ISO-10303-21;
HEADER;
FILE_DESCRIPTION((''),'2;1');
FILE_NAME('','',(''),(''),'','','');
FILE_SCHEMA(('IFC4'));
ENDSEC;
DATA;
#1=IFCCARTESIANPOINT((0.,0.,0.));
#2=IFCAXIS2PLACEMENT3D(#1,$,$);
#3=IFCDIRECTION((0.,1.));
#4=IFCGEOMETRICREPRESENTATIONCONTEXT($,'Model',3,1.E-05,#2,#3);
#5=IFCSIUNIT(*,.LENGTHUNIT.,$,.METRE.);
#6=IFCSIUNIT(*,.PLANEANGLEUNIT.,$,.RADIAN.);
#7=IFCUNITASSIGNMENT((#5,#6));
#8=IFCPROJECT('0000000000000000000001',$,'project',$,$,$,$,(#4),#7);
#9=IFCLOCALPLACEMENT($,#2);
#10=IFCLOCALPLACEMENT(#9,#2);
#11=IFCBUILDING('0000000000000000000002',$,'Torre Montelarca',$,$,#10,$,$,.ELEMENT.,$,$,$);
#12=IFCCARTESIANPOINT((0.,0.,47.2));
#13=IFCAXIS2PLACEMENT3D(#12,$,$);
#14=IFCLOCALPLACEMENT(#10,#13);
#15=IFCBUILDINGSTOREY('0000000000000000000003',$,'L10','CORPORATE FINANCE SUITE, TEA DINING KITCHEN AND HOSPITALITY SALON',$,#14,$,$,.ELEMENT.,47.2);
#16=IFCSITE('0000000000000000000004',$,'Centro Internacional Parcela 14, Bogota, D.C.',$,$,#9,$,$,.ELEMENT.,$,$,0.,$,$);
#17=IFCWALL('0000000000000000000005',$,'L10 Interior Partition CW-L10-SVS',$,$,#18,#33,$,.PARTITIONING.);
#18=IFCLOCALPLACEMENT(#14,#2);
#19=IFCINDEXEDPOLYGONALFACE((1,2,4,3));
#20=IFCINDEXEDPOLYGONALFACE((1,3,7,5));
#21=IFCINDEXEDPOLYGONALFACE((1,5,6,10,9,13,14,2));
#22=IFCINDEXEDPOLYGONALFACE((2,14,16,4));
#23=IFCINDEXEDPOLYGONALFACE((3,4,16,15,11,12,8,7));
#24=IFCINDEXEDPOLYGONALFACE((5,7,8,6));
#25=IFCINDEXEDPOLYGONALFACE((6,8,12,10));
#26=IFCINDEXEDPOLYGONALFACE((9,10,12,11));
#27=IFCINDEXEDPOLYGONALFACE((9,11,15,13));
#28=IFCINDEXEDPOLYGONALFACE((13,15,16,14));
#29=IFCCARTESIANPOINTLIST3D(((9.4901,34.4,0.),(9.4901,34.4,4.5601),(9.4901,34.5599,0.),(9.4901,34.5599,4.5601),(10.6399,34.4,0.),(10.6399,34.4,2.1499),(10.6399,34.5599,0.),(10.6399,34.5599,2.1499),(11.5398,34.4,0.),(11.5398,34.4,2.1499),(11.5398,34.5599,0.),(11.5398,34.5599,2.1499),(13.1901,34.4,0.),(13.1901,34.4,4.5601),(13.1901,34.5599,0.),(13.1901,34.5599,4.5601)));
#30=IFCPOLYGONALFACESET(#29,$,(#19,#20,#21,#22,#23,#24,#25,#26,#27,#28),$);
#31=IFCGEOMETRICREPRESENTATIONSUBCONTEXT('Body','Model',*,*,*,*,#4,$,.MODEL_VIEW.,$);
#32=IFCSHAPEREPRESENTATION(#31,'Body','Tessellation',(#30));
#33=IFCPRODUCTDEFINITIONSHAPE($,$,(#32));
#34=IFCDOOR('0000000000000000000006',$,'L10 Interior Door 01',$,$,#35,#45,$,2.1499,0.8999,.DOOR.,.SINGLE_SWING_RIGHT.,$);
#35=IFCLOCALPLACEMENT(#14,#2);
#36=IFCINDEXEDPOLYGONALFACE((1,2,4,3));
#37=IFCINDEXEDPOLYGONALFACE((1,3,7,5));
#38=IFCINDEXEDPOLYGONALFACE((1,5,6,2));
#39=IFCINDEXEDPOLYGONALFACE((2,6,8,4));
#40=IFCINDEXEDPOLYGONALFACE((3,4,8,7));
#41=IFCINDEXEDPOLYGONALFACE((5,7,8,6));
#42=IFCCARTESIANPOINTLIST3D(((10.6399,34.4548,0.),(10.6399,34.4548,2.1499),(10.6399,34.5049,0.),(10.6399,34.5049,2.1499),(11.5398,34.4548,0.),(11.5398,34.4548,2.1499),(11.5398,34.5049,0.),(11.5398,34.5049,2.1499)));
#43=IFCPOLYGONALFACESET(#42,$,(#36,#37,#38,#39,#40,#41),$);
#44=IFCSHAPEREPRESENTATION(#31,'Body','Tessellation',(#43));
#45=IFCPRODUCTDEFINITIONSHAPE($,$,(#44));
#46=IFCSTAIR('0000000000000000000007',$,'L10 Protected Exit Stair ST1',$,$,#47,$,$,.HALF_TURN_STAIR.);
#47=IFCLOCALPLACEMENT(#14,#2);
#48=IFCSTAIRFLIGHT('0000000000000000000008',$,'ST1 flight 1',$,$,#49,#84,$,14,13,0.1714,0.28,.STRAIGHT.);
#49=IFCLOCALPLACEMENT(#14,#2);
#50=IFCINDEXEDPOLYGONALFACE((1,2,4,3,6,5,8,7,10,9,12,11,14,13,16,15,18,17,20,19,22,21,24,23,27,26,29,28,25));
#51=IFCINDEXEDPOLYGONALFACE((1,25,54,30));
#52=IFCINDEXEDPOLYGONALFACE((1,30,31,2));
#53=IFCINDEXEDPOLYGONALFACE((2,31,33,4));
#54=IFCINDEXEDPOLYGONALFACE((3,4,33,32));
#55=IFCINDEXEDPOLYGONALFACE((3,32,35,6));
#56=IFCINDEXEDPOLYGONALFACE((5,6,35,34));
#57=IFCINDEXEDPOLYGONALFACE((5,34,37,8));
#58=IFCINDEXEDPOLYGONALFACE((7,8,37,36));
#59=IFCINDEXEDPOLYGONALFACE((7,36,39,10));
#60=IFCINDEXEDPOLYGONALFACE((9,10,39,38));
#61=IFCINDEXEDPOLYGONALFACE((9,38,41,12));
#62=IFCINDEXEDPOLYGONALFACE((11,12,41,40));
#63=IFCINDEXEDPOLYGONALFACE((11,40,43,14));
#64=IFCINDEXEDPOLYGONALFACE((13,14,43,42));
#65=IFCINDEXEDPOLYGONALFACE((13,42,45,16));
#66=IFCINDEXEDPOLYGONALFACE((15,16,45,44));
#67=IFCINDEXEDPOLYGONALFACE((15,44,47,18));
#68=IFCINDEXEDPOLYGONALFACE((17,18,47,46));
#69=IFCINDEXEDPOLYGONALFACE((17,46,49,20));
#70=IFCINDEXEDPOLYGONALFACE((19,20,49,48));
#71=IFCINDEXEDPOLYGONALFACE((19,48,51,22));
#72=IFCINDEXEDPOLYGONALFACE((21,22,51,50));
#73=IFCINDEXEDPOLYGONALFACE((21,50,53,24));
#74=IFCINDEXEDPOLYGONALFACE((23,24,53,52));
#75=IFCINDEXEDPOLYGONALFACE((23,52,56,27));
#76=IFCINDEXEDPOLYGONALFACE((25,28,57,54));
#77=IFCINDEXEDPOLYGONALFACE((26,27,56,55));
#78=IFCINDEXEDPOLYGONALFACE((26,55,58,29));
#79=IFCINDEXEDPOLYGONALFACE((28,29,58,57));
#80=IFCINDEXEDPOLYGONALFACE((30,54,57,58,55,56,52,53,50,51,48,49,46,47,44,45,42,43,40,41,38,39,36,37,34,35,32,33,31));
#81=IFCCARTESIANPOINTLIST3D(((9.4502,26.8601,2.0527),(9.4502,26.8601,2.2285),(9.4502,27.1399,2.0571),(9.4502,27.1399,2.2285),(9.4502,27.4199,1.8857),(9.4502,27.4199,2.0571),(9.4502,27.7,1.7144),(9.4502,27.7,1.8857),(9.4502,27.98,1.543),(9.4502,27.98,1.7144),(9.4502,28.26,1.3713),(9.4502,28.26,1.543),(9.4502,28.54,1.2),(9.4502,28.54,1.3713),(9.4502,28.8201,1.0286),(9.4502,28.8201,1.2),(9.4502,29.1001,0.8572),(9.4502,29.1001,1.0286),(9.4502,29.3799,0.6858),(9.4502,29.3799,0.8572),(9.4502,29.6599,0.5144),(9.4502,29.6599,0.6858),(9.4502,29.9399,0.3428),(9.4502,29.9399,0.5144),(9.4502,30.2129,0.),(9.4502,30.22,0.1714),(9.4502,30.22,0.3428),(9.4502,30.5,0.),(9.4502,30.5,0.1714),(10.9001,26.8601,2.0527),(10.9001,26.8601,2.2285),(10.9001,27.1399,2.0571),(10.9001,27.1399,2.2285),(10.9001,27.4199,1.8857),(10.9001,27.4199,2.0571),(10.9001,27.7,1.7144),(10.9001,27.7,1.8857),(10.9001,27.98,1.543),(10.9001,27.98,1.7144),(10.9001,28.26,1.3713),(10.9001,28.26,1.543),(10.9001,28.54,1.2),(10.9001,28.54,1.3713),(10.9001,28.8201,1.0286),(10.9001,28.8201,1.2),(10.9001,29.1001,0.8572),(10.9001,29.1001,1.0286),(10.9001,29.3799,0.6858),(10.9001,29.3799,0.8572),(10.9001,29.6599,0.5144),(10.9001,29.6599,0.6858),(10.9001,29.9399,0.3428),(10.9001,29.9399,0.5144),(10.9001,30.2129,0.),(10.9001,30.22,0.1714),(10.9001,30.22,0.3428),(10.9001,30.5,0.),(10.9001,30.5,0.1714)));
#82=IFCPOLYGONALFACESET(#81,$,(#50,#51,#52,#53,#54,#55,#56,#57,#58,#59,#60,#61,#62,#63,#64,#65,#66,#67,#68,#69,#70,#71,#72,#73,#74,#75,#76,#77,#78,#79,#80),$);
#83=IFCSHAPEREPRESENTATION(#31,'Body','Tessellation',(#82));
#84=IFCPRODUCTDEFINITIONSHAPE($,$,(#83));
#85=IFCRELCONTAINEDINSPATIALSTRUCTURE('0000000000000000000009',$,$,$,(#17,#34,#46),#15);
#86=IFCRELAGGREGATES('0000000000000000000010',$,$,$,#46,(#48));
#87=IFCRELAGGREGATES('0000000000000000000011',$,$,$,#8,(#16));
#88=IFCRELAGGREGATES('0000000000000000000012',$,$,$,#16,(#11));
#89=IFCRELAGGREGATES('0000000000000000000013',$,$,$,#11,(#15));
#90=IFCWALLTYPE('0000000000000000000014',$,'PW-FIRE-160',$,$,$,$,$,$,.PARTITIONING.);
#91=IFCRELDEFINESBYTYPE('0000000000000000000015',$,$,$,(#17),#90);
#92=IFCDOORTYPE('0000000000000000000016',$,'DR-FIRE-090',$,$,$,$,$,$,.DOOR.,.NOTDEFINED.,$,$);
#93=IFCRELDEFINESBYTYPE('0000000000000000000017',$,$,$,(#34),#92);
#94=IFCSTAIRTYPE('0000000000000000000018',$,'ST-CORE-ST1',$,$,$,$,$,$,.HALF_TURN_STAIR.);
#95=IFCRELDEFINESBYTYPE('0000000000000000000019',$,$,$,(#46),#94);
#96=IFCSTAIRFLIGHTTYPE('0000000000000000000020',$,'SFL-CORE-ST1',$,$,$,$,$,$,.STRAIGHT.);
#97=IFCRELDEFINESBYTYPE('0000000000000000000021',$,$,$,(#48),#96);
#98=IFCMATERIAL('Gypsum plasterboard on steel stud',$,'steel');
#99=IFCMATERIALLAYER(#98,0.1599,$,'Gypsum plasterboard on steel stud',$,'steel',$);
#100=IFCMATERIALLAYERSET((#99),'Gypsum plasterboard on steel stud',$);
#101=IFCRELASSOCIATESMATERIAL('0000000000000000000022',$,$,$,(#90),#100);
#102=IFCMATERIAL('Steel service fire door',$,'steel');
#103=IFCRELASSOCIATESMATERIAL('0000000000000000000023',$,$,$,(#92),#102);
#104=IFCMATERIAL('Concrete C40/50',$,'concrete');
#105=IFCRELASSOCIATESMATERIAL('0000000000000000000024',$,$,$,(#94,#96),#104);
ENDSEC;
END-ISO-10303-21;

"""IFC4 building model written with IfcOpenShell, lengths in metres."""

from ifc_helpers import new_model, si_unit, direction, frame, frame_2d, origin, place, context, subcontext, project, spatial, polyline, rectangle, outline, extrude, source, transform, mapped, material, layer, layer_set, type_object, element, fill, aggregate, save


model = new_model("IFC4")

# Units and contexts
model_context = context("Model", 3, precision=1e-05, world=origin(), true_north=direction((0.0, 1.0)))
body_context = subcontext(model_context, "Body", "Model", "MODEL_VIEW")
ifc_project = project(units=[si_unit("LENGTHUNIT", "METRE"), si_unit("PLANEANGLEUNIT", "RADIAN")], contexts=[model_context])

# Site, building, storey
site_placement = place(None, origin())
site = spatial("IfcSite", under=ifc_project, at=site_placement, Name="Centro Internacional Parcela 14, Bogota, D.C.", CompositionType="ELEMENT", RefElevation=0.0)
building_placement = place(site_placement, origin())
building = spatial("IfcBuilding", under=site, at=building_placement, Name="Torre Montelarca", CompositionType="ELEMENT")
storey_placement = place(building_placement, frame((0.0, 0.0, 47.2)))
storey = spatial("IfcBuildingStorey", under=building, at=storey_placement, Name="L10", Description="CORPORATE FINANCE SUITE, TEA DINING KITCHEN AND HOSPITALITY SALON", CompositionType="ELEMENT", Elevation=47.2)

# Shared definitions
ifc_material_1 = material(Name="Concrete C40/50", Category="concrete")

# Wall, opening, door
ifc_material_2 = material(Name="Gypsum plasterboard on steel stud", Category="steel")
ifc_layer_1 = layer(ifc_material_2, 0.1599, Name="Gypsum plasterboard on steel stud", Category="steel")
ifc_layer_set_1 = layer_set([ifc_layer_1], Name="Gypsum plasterboard on steel stud")
wall_type_1 = type_object("IfcWallType", Name="PW-FIRE-160", PredefinedType="PARTITIONING", material=ifc_layer_set_1)
wall_1_placement = place(storey_placement, frame((9.49, 34.48, 0.0), z_axis=(0.0, 0.0, 1.0), x_axis=(1.0, 0.0, 0.0)))
wall_1 = element("IfcWall", 1, at=wall_1_placement, inside=storey, type_object=wall_type_1, Name="L10 Interior Partition CW-L10-SVS", PredefinedType="PARTITIONING", context=body_context, shape_type="SweptSolid", body=[
    extrude(rectangle(XDim=3.7, YDim=0.1599, at=frame_2d((1.8501, 0.0))), origin(), (0.0, 0.0, 1.0), 4.5601),
])
opening_1_placement = place(wall_1_placement, frame((1.1499, 0.0, 0.0)))
opening_1 = element("IfcOpeningElement", 2, at=opening_1_placement, cuts=wall_1, PredefinedType="OPENING", context=body_context, shape_type="SweptSolid", body=[
    extrude(rectangle(XDim=0.8999, YDim=2.1499, at=frame_2d((0.45, 1.075))), frame((0.0, 0.0898, 0.0), z_axis=(0.0, -1.0, 0.0), x_axis=(1.0, 0.0, 0.0)), (0.0, 0.0, 1.0), 0.1799),
])
ifc_material_3 = material(Name="Steel service fire door", Category="steel")
door_type_1 = type_object("IfcDoorType", Name="DR-FIRE-090", OperationType="NOTDEFINED", PredefinedType="DOOR", material=ifc_material_3)
shared_shape_1 = source(origin(), body_context, "Body", "SweptSolid", [
    extrude(rectangle(XDim=0.8999, YDim=2.1499, at=frame_2d((0.45, 1.075))), frame((0.0, 0.0249, 0.0), z_axis=(0.0, -1.0, 0.0), x_axis=(1.0, 0.0, 0.0)), (0.0, 0.0, 1.0), 0.05),
])
door_1_placement = place(opening_1_placement, origin())
door_1 = element("IfcDoor", 3, at=door_1_placement, inside=storey, type_object=door_type_1, Name="L10 Interior Door 01", OperationType="SINGLE_SWING_RIGHT", OverallHeight=2.1499, OverallWidth=0.8999, PredefinedType="DOOR", context=body_context, shape_type="MappedRepresentation", body=[
    mapped(shared_shape_1, transform((0.0, 0.0, 0.0), scale=1.0)),
])
fill(opening_1, door_1)

# Stair, stair flight
stair_type = type_object("IfcStairType", Name="ST-CORE-ST1", PredefinedType="HALF_TURN_STAIR", material=ifc_material_1)
stair_placement = place(storey_placement, origin())
stair = element("IfcStair", 4, at=stair_placement, inside=storey, type_object=stair_type, Name="L10 Protected Exit Stair ST1", PredefinedType="HALF_TURN_STAIR")
stair_flight_type = type_object("IfcStairFlightType", Name="SFL-CORE-ST1", PredefinedType="STRAIGHT", material=ifc_material_1)
stair_flight_placement = place(storey_placement, frame((10.175, 30.5, 0.0), z_axis=(0.0, 0.0, 1.0), x_axis=(0.0, -1.0, 0.0)))
stair_flight = element("IfcStairFlight", 5, at=stair_flight_placement, type_object=stair_flight_type, Name="ST1 flight 1", NumberOfRisers=14, NumberOfTreads=13, PredefinedType="STRAIGHT", RiserHeight=0.1714, TreadLength=0.28, context=body_context, shape_type="SweptSolid", body=[
    extrude(outline(polyline([(0.0, 0.0), (0.0, 0.1714), (0.28, 0.1714), (0.28, 0.3428), (0.5601, 0.3428), (0.5601, 0.5144), (0.8401, 0.5144), (0.8401, 0.6858), (1.1201, 0.6858), (1.1201, 0.8572), (1.3999, 0.8572), (1.3999, 1.0286), (1.6799, 1.0286), (1.6799, 1.2), (1.96, 1.2), (1.96, 1.3713), (2.24, 1.3713), (2.24, 1.543), (2.52, 1.543), (2.52, 1.7144), (2.8, 1.7144), (2.8, 1.8857), (3.0801, 1.8857), (3.0801, 2.0571), (3.3601, 2.0571), (3.3601, 2.2285), (3.6399, 2.2285), (3.6399, 2.3999), (3.6399, 2.0527), (0.2871, 0.0), (0.0, 0.0)])), frame((0.0, 0.7251, 0.0), z_axis=(0.0, -1.0, 0.0), x_axis=(1.0, 0.0, 0.0)), (0.0, 0.0, 1.0), 1.45),
])
aggregate(stair, [stair_flight])

save(model, "model.ifc")
